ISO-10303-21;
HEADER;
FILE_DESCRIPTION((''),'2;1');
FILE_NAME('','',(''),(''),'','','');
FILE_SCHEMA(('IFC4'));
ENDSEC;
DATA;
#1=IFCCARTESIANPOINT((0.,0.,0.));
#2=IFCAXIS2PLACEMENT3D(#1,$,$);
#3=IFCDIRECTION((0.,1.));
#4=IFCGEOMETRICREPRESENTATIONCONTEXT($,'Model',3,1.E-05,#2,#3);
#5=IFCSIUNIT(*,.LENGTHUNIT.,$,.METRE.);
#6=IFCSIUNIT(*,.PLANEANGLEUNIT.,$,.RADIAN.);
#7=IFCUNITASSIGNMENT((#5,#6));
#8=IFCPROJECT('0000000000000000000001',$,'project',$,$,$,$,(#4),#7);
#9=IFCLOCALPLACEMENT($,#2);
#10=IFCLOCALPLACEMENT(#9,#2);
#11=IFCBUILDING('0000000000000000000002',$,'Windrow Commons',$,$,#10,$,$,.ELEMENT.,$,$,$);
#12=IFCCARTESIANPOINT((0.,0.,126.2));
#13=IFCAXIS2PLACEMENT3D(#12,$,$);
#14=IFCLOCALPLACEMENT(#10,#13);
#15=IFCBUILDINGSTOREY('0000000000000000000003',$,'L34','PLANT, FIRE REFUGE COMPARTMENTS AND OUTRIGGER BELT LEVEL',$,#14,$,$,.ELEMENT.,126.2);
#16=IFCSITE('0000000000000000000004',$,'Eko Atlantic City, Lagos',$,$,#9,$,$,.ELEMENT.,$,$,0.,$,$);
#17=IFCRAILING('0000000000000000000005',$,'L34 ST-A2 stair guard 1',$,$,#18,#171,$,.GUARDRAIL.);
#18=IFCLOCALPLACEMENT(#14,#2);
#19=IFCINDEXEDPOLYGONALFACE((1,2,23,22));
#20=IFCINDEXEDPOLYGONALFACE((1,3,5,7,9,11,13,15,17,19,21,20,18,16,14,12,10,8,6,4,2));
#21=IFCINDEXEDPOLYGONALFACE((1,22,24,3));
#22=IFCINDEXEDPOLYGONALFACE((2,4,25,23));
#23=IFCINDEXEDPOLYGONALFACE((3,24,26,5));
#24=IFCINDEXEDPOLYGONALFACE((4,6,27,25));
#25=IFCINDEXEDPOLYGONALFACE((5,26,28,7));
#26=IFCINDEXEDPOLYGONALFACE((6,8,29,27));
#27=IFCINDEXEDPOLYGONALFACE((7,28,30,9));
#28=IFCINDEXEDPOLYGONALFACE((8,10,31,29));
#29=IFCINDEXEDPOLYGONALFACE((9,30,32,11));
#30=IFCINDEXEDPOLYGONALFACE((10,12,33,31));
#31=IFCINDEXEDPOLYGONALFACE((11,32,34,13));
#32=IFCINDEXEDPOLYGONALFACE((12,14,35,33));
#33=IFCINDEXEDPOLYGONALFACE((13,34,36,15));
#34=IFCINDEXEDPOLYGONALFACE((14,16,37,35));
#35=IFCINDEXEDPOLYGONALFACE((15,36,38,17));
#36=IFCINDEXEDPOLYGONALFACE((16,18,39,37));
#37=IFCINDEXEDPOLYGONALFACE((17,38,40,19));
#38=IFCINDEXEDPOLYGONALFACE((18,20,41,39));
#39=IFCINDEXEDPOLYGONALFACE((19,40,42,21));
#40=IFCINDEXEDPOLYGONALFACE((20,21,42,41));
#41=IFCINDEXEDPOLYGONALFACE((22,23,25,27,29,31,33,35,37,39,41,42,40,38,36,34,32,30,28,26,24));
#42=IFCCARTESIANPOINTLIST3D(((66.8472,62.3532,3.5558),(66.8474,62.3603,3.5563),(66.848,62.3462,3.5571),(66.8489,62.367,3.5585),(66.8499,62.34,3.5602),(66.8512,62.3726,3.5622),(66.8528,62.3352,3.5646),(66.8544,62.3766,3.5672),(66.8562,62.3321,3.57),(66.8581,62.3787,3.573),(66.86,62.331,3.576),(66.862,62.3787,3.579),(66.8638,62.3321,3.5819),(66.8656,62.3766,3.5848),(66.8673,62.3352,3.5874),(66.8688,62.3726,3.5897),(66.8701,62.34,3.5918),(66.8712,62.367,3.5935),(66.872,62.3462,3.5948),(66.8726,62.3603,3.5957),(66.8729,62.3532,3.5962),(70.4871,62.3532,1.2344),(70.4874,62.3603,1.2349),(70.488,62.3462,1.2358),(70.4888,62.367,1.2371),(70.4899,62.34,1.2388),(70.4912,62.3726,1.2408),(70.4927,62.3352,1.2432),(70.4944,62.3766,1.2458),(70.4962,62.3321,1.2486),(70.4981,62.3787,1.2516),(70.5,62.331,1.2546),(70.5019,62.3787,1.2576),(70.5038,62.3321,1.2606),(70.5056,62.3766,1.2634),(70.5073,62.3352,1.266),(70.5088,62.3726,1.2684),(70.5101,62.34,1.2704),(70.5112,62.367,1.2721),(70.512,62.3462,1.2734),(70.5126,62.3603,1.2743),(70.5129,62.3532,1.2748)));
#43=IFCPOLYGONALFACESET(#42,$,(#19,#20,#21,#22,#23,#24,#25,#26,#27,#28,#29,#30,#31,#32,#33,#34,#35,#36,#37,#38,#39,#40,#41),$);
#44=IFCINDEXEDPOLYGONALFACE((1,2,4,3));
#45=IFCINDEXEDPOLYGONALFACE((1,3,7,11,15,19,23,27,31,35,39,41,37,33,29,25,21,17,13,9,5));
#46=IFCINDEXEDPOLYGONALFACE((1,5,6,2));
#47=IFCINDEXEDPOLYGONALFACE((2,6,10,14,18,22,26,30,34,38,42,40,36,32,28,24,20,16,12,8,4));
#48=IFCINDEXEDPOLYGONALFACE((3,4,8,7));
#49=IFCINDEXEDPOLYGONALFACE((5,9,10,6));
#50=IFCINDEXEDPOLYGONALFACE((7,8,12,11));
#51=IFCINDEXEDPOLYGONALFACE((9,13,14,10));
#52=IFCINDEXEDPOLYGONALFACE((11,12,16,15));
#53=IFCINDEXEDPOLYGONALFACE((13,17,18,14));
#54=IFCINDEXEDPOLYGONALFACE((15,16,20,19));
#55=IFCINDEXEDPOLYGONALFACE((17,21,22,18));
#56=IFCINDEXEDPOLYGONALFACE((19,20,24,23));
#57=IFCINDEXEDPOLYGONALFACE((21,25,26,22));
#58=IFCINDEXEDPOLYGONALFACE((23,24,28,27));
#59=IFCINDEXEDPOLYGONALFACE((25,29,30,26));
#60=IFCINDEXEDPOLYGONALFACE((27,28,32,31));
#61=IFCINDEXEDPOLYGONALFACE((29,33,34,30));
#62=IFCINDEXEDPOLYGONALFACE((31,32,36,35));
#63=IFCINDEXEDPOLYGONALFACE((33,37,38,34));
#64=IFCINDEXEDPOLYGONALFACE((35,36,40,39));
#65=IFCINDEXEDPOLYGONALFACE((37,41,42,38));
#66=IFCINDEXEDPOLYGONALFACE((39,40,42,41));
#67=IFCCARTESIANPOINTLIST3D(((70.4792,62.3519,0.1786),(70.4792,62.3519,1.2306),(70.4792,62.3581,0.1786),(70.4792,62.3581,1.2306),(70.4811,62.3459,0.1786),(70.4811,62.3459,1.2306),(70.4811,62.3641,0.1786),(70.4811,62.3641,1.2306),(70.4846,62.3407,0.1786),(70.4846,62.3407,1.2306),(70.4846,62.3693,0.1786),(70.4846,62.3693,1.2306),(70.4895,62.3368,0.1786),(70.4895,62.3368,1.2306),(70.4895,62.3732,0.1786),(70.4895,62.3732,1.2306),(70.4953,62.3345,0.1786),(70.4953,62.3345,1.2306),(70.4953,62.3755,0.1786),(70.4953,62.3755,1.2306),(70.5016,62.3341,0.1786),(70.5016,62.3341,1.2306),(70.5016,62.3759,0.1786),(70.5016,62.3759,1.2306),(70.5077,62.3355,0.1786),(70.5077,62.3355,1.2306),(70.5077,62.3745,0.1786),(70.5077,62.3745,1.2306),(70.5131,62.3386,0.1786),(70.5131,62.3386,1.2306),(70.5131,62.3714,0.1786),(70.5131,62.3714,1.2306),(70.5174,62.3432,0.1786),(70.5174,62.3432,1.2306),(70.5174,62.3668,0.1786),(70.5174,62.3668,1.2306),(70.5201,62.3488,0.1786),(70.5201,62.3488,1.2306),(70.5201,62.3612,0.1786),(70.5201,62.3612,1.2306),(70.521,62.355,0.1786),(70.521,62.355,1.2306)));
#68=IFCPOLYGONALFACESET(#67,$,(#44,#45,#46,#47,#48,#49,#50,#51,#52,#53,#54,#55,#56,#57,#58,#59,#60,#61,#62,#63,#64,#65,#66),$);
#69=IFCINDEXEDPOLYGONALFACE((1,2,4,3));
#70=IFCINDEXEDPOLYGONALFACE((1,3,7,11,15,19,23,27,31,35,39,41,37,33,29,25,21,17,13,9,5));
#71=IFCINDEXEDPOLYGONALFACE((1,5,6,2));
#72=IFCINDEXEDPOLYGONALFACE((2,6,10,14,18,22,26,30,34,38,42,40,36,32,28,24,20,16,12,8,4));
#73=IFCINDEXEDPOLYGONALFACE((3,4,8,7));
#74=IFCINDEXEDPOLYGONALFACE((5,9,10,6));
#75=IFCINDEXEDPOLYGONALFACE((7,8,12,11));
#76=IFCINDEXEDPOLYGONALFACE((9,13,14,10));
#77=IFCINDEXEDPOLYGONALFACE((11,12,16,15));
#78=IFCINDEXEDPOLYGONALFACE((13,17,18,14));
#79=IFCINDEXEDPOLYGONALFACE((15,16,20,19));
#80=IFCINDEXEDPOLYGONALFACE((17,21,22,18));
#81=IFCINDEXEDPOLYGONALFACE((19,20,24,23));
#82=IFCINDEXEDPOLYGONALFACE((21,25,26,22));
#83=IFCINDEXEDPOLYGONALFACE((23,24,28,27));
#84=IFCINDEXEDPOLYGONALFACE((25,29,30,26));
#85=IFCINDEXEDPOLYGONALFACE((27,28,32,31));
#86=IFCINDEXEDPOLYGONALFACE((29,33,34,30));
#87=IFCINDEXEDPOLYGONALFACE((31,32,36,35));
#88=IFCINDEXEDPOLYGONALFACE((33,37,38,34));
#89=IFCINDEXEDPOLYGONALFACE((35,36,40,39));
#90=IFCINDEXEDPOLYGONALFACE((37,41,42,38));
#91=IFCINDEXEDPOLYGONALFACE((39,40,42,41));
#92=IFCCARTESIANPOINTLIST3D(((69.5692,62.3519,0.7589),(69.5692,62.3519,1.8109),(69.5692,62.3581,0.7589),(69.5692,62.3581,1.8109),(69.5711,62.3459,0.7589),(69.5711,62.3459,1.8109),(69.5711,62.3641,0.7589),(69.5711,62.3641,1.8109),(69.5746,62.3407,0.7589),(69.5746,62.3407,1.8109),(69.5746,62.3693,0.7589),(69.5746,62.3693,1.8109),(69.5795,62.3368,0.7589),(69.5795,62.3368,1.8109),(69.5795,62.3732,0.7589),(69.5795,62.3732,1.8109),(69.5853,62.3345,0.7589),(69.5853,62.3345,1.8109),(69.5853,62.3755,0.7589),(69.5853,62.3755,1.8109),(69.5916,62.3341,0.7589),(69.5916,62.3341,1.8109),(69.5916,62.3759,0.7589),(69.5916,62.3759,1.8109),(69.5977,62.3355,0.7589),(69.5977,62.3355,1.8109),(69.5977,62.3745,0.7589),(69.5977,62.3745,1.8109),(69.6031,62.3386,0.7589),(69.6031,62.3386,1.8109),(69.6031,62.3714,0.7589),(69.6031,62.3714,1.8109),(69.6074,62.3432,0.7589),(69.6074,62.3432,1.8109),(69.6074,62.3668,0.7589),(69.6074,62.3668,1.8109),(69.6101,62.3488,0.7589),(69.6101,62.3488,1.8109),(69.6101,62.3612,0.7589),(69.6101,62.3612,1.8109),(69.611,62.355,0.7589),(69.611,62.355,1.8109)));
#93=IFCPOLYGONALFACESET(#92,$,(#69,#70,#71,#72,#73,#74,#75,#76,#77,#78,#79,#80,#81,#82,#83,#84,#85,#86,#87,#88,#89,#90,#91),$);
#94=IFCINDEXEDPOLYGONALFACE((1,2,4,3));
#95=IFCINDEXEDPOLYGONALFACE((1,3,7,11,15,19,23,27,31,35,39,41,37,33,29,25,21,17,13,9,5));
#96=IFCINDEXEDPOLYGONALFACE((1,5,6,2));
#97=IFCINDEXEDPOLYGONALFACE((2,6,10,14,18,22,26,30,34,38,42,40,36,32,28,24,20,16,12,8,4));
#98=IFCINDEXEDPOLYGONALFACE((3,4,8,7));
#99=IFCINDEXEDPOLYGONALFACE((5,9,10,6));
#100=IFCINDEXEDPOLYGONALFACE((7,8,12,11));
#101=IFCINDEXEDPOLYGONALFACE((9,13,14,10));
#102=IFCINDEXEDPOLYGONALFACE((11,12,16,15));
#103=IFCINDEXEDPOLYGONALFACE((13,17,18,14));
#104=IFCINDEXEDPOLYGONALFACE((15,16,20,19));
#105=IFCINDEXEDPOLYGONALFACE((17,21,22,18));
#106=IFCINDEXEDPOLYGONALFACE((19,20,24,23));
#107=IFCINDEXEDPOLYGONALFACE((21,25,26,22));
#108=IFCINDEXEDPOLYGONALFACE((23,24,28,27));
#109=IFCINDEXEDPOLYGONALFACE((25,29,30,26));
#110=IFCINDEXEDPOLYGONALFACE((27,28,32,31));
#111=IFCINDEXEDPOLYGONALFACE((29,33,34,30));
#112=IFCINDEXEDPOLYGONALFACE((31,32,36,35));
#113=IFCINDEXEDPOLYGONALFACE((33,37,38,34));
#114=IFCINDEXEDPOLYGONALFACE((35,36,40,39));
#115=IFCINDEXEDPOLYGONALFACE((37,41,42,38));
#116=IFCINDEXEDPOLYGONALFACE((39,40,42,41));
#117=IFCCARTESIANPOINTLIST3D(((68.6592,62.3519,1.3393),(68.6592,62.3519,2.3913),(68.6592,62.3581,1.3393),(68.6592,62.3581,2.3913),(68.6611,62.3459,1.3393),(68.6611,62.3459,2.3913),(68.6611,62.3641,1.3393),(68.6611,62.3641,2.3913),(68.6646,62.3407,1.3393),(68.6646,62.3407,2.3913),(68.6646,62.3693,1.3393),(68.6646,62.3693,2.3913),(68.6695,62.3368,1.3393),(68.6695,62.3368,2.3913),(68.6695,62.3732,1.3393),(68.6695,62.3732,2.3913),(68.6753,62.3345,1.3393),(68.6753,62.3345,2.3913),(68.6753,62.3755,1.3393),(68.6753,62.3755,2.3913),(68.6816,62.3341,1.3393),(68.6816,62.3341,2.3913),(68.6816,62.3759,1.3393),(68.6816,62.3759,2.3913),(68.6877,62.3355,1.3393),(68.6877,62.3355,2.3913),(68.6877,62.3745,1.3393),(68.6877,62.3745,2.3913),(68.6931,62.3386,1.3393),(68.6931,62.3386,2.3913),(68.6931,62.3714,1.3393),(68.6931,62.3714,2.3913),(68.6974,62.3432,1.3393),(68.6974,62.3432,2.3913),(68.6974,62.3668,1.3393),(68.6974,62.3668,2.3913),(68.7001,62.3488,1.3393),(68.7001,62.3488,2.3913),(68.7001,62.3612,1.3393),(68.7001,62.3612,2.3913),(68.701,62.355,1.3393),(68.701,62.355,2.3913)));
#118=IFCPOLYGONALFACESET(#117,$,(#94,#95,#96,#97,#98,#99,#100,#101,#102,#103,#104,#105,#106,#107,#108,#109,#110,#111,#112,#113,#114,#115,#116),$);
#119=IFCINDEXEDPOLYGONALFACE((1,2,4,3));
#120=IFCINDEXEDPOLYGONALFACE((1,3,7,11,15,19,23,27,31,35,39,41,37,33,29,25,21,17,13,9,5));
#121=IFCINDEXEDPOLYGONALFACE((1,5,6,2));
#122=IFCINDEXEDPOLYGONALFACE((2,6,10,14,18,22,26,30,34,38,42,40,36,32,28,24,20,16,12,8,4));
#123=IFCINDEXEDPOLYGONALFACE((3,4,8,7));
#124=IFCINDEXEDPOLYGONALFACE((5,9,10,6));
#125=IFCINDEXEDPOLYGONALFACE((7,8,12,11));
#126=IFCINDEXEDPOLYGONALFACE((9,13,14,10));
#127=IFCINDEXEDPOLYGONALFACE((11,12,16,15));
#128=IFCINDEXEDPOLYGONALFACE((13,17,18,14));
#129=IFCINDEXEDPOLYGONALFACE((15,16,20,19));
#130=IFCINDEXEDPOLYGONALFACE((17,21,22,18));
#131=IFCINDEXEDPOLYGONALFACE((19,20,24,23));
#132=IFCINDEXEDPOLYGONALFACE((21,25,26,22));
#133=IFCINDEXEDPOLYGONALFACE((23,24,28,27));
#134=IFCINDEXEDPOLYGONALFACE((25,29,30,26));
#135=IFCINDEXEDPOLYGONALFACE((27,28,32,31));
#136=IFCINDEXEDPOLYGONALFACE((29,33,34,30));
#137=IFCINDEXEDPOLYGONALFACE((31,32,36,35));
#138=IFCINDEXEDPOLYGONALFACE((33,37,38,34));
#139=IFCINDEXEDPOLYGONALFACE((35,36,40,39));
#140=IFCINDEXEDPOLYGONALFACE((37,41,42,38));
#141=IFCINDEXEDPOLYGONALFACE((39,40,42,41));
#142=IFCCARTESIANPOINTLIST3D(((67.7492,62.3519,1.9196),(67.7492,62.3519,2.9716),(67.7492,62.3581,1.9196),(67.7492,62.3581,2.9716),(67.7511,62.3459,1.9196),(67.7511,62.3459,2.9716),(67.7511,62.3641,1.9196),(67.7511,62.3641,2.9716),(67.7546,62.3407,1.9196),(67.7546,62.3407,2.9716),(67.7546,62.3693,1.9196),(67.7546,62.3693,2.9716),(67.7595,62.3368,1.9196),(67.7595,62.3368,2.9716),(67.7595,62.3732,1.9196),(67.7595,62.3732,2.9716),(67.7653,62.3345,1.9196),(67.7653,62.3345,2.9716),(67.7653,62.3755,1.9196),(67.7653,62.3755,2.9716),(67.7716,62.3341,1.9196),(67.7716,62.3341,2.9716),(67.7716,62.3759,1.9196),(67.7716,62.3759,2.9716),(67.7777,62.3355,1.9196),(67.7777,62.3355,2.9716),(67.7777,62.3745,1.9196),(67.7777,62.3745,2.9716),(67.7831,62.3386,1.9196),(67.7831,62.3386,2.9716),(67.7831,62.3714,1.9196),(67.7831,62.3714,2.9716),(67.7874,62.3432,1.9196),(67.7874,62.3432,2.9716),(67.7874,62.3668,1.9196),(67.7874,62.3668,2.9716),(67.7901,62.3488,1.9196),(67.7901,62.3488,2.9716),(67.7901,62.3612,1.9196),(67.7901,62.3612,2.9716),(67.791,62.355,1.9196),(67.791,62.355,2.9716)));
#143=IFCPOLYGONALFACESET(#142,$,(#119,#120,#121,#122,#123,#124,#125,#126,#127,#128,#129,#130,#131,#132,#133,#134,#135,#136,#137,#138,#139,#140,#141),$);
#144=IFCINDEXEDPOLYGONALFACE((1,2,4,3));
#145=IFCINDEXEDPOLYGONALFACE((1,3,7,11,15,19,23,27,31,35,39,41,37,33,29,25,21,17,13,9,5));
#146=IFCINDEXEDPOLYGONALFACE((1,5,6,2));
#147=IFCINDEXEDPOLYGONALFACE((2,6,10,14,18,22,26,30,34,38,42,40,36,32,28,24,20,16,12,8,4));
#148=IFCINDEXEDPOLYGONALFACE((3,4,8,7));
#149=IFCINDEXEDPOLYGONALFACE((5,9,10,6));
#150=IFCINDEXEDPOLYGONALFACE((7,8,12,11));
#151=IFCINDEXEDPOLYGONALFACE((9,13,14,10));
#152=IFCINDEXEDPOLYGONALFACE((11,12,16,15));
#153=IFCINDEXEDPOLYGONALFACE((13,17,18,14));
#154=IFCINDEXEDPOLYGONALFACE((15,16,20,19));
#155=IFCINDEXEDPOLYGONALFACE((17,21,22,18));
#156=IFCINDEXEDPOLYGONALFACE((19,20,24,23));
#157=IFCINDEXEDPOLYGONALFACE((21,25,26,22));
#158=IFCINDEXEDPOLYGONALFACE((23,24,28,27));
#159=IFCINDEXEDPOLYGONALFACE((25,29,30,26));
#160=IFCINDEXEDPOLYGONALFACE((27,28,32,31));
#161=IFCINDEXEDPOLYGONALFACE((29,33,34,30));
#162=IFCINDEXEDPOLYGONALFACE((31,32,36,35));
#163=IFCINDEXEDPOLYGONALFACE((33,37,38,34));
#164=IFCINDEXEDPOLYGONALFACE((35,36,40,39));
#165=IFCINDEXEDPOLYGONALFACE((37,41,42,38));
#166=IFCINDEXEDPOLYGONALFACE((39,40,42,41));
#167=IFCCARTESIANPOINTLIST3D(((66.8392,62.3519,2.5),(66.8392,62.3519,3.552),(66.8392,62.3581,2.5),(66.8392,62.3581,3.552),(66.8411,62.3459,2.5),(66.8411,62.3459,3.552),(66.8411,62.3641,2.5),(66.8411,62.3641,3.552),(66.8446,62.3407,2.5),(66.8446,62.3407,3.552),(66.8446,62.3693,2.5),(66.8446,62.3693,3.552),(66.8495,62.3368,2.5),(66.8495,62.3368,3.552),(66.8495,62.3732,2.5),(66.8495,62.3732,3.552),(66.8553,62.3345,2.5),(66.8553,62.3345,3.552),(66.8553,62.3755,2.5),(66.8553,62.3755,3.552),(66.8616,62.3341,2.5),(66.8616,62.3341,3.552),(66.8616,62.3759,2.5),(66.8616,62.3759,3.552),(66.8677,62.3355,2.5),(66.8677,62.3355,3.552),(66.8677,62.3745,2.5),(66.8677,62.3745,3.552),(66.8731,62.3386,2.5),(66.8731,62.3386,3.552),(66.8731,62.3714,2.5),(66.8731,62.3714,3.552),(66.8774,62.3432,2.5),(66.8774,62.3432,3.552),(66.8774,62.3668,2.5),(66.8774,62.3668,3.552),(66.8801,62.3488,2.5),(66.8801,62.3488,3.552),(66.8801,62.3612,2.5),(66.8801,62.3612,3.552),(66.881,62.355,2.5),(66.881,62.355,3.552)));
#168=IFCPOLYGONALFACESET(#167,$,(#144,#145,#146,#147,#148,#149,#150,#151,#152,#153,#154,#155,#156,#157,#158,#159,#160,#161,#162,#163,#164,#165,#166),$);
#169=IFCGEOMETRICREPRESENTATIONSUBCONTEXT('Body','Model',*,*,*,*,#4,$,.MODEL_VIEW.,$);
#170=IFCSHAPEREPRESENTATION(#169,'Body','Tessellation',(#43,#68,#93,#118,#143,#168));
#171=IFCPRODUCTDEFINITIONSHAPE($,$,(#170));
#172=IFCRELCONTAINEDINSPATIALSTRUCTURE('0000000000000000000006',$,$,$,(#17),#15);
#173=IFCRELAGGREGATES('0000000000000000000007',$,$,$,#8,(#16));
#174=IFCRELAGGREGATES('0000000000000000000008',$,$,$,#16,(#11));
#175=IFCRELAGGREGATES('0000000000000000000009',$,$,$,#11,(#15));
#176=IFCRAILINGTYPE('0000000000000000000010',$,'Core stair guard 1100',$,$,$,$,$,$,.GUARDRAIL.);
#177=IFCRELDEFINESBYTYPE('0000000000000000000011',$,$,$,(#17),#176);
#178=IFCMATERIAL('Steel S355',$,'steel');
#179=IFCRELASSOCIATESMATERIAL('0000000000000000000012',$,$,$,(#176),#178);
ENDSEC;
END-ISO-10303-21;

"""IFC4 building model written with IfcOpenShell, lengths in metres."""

from ifc_helpers import new_model, si_unit, direction, frame, origin, origin_2d, place, context, subcontext, project, spatial, circle, extrude, material, type_object, element, save


model = new_model("IFC4")

# Units and contexts
model_context = context("Model", 3, precision=1e-05, world=origin(), true_north=direction((0.0, 1.0)))
body_context = subcontext(model_context, "Body", "Model", "MODEL_VIEW")
ifc_project = project(units=[si_unit("LENGTHUNIT", "METRE"), si_unit("PLANEANGLEUNIT", "RADIAN")], contexts=[model_context])

# Site, building, storey
site_placement = place(None, origin())
site = spatial("IfcSite", under=ifc_project, at=site_placement, Name="Eko Atlantic City, Lagos", CompositionType="ELEMENT", RefElevation=0.0)
building_placement = place(site_placement, origin())
building = spatial("IfcBuilding", under=site, at=building_placement, Name="Windrow Commons", CompositionType="ELEMENT")
storey_placement = place(building_placement, frame((0.0, 0.0, 126.2)))
storey = spatial("IfcBuildingStorey", under=building, at=storey_placement, Name="L34", Description="PLANT, FIRE REFUGE COMPARTMENTS AND OUTRIGGER BELT LEVEL", CompositionType="ELEMENT", Elevation=126.2)

# Railing
ifc_material_1 = material(Name="Steel S355", Category="steel")
railing_type_1 = type_object("IfcRailingType", Name="Core stair guard 1100", PredefinedType="GUARDRAIL", material=ifc_material_1)
railing_1_placement = place(storey_placement, frame((70.5, 62.355, 0.1786)))
element("IfcRailing", 1, at=railing_1_placement, inside=storey, type_object=railing_type_1, Name="L34 ST-A2 stair guard 1", PredefinedType="GUARDRAIL", context=body_context, shape_type="SweptSolid", body=[
    extrude(circle(Radius=0.024, at=origin_2d()), frame((0.0, 0.0, 1.076), z_axis=(-0.843133, 0.0, 0.537706), x_axis=(0.0, -1.0, 0.0)), (0.0, 0.0, 1.0), 4.3172),
    extrude(circle(Radius=0.021, at=origin_2d()), origin(), (0.0, 0.0, 1.0), 1.052),
    extrude(circle(Radius=0.021, at=origin_2d()), frame((-0.91, 0.0, 0.5803)), (0.0, 0.0, 1.0), 1.052),
    extrude(circle(Radius=0.021, at=origin_2d()), frame((-1.82, 0.0, 1.1607)), (0.0, 0.0, 1.0), 1.052),
    extrude(circle(Radius=0.021, at=origin_2d()), frame((-2.73, 0.0, 1.741)), (0.0, 0.0, 1.0), 1.052),
    extrude(circle(Radius=0.021, at=origin_2d()), frame((-3.64, 0.0, 2.3214)), (0.0, 0.0, 1.0), 1.052),
])

save(model, "model.ifc")
